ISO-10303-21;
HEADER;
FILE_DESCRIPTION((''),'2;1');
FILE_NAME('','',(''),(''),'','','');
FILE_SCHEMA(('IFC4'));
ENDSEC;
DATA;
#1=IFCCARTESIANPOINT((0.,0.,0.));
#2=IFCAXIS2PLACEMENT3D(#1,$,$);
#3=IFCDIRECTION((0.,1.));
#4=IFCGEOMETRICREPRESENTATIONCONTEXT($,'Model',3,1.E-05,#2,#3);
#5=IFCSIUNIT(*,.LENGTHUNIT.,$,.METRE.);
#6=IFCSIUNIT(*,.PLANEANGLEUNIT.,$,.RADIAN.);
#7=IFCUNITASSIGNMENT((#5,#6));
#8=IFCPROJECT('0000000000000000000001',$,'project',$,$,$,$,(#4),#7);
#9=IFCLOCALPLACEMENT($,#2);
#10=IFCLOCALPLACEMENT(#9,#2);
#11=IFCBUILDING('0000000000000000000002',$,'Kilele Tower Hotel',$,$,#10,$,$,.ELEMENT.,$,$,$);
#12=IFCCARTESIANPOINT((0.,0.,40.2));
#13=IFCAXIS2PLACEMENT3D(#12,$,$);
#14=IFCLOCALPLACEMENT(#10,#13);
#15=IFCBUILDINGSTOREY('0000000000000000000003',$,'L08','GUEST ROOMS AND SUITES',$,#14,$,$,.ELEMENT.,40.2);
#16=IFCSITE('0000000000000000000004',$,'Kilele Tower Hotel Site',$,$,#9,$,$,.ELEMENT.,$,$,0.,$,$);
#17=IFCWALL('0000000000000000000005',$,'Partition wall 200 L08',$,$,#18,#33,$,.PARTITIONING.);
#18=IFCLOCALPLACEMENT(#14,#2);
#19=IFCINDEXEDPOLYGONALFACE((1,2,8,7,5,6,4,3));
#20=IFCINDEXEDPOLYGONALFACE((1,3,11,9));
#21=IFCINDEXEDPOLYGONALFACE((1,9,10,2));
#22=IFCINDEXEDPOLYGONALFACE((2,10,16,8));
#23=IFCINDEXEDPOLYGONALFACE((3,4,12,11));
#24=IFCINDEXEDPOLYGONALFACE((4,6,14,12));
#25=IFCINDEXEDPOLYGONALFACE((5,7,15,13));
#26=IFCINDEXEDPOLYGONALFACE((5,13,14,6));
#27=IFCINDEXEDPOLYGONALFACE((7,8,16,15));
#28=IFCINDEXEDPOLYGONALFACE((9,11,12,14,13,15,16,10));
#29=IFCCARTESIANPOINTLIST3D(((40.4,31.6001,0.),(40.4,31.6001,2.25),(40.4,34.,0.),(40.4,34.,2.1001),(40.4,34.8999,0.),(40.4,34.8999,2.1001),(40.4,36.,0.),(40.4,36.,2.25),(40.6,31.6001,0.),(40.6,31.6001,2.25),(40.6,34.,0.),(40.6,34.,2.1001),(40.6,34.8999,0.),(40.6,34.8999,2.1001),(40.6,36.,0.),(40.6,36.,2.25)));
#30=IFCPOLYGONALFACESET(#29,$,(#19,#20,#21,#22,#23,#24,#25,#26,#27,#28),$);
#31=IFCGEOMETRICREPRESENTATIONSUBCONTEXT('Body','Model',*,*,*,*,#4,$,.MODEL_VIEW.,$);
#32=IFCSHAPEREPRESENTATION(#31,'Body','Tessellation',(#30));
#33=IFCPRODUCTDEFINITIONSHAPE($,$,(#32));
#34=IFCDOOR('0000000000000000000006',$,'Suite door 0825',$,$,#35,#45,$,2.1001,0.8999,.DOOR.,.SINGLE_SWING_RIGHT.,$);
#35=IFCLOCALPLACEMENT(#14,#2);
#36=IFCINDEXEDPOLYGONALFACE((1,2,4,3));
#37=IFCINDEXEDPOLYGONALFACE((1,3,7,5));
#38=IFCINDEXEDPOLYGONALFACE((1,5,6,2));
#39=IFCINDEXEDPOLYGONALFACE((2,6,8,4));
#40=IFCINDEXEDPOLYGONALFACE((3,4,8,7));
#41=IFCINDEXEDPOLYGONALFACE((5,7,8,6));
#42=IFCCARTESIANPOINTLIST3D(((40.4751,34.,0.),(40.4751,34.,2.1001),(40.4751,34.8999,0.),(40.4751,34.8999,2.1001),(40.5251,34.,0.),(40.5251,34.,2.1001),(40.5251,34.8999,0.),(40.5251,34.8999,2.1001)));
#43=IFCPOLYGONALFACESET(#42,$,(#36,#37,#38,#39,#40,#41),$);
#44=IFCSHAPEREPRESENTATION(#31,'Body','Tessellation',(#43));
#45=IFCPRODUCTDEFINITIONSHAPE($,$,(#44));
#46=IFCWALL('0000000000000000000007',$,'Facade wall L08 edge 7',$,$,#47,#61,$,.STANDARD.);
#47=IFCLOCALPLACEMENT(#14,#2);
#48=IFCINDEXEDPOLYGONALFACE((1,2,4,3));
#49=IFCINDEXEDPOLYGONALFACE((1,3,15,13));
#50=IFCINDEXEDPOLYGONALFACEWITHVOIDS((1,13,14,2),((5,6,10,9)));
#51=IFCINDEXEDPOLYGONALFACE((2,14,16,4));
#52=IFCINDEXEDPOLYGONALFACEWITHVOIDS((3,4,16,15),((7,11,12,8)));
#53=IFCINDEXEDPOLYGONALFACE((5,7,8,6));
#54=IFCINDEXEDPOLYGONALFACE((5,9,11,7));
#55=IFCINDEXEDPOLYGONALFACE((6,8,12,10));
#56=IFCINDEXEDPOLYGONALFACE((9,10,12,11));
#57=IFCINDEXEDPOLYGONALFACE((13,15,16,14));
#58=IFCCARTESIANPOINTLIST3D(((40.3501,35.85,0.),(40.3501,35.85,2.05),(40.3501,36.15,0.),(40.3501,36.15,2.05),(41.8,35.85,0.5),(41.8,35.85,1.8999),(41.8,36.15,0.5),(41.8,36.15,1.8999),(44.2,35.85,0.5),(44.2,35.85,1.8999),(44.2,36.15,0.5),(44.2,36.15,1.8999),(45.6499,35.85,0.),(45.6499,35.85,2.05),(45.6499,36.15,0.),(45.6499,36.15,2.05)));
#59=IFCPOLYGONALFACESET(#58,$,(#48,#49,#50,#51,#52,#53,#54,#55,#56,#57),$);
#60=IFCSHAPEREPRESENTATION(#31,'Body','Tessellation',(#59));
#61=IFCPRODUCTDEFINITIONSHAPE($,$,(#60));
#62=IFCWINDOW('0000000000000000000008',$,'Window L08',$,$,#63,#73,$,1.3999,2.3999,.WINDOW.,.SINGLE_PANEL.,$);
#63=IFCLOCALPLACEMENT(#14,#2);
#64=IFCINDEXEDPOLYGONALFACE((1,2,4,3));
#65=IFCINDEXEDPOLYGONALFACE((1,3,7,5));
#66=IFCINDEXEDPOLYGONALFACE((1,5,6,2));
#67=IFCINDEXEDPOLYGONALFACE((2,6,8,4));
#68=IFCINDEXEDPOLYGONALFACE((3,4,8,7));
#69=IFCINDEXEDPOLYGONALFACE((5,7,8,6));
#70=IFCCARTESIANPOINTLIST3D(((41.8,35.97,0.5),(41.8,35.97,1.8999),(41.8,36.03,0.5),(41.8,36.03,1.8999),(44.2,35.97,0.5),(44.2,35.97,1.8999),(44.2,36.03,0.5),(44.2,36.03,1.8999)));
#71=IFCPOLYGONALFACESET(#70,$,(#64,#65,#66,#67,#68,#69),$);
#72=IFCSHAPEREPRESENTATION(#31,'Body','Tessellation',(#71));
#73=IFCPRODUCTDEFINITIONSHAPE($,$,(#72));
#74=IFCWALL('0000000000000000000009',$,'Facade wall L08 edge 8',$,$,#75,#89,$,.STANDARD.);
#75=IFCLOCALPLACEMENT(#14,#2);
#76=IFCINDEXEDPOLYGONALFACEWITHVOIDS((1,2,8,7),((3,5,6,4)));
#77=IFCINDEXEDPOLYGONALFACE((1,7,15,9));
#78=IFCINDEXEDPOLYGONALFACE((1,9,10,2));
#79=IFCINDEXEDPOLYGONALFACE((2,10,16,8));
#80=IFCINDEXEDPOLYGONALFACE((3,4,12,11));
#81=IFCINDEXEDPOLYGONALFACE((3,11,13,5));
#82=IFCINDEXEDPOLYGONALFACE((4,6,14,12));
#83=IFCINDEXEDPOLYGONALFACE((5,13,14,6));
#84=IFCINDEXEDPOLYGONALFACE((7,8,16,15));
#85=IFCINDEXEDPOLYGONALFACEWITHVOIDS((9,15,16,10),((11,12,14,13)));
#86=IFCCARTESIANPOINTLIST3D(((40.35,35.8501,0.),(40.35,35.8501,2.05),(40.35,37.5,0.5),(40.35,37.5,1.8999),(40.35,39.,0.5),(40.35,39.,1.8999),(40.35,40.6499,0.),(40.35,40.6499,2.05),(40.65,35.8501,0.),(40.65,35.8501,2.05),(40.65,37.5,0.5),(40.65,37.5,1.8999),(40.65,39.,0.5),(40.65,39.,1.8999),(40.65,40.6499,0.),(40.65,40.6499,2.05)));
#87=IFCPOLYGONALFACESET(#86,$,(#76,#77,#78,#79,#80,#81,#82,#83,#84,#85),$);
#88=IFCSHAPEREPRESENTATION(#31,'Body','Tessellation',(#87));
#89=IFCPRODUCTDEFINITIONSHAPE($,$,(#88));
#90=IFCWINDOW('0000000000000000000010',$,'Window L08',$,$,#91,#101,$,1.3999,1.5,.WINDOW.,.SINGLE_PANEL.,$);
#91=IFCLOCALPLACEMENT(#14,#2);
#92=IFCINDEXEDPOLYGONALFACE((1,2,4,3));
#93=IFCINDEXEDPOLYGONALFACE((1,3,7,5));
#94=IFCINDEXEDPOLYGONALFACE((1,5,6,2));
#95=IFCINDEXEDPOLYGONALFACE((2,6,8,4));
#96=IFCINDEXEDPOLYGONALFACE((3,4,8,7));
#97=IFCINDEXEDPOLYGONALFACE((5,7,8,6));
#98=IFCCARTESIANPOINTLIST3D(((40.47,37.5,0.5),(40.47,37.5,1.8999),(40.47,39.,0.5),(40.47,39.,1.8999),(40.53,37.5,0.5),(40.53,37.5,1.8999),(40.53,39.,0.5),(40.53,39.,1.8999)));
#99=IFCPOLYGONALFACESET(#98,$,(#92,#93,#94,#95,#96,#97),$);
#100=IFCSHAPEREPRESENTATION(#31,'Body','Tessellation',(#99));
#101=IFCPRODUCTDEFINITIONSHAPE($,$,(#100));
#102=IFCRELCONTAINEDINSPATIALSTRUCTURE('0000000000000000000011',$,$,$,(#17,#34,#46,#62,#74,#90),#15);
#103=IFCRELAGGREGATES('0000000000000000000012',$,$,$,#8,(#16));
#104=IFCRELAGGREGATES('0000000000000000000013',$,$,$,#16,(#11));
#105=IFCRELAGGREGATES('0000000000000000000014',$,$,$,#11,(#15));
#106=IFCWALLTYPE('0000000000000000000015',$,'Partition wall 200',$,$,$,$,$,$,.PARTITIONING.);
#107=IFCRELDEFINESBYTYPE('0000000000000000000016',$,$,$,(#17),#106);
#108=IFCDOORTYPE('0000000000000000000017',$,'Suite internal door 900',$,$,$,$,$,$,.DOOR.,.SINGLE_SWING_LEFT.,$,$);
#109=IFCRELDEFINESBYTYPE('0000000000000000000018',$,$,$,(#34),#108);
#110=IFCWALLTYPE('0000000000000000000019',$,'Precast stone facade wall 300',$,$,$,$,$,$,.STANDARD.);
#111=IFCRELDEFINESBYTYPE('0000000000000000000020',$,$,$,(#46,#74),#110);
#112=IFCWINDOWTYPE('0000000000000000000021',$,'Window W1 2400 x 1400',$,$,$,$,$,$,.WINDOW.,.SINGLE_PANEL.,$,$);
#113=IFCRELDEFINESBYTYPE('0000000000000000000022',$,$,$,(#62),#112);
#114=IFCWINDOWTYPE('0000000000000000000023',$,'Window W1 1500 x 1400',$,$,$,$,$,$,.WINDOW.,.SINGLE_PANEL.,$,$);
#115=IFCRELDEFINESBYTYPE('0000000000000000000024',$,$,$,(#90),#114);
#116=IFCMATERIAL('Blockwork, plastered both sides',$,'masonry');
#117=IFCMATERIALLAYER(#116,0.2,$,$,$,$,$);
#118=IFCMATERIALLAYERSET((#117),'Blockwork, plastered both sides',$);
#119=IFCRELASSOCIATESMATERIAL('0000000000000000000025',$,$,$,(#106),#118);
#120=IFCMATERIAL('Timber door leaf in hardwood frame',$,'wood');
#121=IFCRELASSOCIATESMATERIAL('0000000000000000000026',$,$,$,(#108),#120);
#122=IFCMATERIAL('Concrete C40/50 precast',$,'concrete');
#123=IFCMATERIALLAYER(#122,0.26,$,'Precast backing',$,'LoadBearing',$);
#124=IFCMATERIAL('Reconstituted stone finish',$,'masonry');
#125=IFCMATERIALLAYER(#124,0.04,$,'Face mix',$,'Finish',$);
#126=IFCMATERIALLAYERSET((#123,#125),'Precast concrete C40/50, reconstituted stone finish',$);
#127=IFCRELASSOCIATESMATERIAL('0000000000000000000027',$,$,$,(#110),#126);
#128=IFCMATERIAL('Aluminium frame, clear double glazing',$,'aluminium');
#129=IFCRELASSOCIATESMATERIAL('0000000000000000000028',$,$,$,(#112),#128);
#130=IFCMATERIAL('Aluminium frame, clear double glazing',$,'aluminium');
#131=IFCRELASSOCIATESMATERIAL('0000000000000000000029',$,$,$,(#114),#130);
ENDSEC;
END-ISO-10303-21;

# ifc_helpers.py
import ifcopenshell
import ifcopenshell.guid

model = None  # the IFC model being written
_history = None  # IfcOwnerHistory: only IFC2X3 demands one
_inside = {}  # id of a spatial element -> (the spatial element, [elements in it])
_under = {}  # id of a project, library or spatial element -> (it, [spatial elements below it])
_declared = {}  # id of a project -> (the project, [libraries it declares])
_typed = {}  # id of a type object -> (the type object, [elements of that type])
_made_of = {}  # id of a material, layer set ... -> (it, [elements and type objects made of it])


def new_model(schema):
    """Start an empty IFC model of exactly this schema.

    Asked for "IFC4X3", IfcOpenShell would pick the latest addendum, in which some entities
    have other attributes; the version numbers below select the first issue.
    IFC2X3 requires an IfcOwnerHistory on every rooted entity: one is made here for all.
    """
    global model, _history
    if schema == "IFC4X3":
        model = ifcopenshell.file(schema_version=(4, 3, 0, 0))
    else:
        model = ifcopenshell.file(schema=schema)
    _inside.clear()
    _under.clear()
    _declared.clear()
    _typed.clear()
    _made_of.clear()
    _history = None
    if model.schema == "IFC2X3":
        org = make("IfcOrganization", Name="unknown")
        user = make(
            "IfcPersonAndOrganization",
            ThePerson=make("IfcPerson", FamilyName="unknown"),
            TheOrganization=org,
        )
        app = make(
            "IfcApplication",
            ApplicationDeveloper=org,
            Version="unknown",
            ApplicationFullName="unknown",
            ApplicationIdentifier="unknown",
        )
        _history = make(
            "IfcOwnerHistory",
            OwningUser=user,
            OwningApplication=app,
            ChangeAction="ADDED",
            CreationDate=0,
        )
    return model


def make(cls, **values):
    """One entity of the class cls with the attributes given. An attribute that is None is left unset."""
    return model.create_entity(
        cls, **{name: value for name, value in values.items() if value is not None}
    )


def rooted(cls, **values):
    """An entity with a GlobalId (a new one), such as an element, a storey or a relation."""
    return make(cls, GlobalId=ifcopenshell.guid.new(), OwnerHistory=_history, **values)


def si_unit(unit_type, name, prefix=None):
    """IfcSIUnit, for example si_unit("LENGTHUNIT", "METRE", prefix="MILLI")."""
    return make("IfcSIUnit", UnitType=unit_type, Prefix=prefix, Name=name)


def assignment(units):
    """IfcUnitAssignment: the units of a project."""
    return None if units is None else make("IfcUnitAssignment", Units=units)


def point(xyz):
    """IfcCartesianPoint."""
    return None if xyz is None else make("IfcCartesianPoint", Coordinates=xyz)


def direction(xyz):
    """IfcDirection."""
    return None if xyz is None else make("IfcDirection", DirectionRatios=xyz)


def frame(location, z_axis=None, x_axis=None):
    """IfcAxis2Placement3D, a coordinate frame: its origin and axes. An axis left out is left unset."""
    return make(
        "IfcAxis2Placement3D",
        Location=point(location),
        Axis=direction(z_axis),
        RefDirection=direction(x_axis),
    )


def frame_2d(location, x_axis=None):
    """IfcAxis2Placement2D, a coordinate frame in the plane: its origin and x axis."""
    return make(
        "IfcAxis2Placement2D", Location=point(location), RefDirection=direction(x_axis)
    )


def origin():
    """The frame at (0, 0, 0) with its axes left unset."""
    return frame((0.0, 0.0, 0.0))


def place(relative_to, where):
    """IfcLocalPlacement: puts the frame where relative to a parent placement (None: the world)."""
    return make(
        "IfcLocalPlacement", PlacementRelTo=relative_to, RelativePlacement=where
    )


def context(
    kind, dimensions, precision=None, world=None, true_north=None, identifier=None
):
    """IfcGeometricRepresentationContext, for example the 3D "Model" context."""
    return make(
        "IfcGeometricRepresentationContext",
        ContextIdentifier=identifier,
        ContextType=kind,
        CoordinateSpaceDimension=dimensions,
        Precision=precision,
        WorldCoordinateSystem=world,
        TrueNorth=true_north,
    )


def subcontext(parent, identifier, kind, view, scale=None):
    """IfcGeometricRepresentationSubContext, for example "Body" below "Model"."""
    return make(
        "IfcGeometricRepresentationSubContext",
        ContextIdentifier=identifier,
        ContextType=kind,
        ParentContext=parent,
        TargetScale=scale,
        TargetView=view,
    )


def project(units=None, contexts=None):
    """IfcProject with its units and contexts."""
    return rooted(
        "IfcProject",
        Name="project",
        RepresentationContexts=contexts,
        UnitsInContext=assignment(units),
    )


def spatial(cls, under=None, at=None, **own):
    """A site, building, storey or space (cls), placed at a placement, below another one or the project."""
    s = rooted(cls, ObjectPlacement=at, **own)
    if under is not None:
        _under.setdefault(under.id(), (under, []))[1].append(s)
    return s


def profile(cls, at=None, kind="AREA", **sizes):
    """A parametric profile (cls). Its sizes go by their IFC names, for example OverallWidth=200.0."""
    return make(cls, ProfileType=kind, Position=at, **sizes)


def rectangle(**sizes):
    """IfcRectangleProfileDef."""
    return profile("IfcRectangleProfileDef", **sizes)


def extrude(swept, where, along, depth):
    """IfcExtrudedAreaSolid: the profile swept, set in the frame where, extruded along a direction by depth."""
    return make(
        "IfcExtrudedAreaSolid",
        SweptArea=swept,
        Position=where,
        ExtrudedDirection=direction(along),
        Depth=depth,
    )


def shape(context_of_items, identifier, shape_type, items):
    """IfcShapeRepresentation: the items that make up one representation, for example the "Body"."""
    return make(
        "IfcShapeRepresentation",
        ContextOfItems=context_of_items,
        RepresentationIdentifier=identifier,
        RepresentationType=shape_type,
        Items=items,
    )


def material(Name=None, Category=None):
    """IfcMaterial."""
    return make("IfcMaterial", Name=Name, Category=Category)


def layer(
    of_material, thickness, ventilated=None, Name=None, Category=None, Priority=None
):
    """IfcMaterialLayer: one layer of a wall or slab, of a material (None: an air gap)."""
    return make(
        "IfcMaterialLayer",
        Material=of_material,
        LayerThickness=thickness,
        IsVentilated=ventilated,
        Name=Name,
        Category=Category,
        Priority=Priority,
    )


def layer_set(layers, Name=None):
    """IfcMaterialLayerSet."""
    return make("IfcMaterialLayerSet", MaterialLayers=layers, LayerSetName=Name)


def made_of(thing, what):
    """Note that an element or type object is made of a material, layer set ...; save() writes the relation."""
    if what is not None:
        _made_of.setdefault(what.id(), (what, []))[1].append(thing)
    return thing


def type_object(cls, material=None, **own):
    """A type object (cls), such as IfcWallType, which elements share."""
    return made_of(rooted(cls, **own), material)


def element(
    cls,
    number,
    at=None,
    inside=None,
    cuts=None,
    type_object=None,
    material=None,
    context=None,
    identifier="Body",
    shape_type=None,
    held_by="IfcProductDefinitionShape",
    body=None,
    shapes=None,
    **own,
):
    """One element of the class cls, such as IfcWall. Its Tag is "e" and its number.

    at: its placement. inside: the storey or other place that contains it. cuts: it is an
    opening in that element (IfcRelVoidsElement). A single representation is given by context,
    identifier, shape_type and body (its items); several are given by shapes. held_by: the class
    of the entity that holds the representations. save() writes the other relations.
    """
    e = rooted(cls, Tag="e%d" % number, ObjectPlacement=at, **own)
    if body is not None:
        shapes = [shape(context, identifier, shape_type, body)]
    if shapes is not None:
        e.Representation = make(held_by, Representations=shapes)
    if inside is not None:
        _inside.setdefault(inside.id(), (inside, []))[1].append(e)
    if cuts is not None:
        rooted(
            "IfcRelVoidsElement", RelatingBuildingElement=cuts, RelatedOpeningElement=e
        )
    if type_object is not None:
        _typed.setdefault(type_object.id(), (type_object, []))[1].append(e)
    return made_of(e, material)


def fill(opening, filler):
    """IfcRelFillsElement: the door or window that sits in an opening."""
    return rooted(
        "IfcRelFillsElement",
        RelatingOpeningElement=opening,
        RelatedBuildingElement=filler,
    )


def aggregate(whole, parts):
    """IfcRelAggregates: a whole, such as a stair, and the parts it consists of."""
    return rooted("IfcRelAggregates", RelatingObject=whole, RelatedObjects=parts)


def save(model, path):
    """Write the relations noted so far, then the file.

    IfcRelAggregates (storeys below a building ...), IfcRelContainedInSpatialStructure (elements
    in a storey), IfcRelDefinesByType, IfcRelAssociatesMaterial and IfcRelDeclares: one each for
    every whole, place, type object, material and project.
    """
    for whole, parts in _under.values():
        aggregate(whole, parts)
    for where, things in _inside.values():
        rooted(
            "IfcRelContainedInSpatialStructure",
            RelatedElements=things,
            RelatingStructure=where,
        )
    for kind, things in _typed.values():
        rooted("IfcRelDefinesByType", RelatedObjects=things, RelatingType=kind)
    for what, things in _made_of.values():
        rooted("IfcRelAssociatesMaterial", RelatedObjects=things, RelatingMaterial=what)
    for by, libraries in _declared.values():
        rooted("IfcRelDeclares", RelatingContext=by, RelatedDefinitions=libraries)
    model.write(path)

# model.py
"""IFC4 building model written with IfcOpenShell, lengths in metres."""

from ifc_helpers import new_model, si_unit, direction, frame, frame_2d, origin, place, context, subcontext, project, spatial, rectangle, extrude, material, layer, layer_set, type_object, element, fill, save


model = new_model("IFC4")

# Units and contexts
model_context = context("Model", 3, precision=1e-05, world=origin(), true_north=direction((0.0, 1.0)))
body_context = subcontext(model_context, "Body", "Model", "MODEL_VIEW")
ifc_project = project(units=[si_unit("LENGTHUNIT", "METRE"), si_unit("PLANEANGLEUNIT", "RADIAN")], contexts=[model_context])

# Site, building, storey
site_placement = place(None, origin())
site = spatial("IfcSite", under=ifc_project, at=site_placement, Name="Kilele Tower Hotel Site", CompositionType="ELEMENT", RefElevation=0.0)
building_placement = place(site_placement, origin())
building = spatial("IfcBuilding", under=site, at=building_placement, Name="Kilele Tower Hotel", CompositionType="ELEMENT")
storey_placement = place(building_placement, frame((0.0, 0.0, 40.2)))
storey = spatial("IfcBuildingStorey", under=building, at=storey_placement, Name="L08", Description="GUEST ROOMS AND SUITES", CompositionType="ELEMENT", Elevation=40.2)

# Wall, opening, door
ifc_material_1 = material(Name="Blockwork, plastered both sides", Category="masonry")
ifc_layer_1 = layer(ifc_material_1, 0.2)
ifc_layer_set_1 = layer_set([ifc_layer_1], Name="Blockwork, plastered both sides")
wall_type_1 = type_object("IfcWallType", Name="Partition wall 200", PredefinedType="PARTITIONING", material=ifc_layer_set_1)
wall_1_placement = place(storey_placement, frame((40.5, 31.6001, 0.0), z_axis=(0.0, 0.0, 1.0), x_axis=(0.0, 1.0, 0.0)))
wall_1 = element("IfcWall", 1, at=wall_1_placement, inside=storey, type_object=wall_type_1, Name="Partition wall 200 L08", PredefinedType="PARTITIONING", context=body_context, shape_type="SweptSolid", body=[
    extrude(rectangle(XDim=4.3999, YDim=0.2, at=frame_2d((2.2, 0.0))), origin(), (0.0, 0.0, 1.0), 2.25),
])
opening_1_placement = place(wall_1_placement, frame((2.3999, 0.0, 0.0)))
opening_1 = element("IfcOpeningElement", 2, at=opening_1_placement, cuts=wall_1, PredefinedType="OPENING", context=body_context, shape_type="SweptSolid", body=[
    extrude(rectangle(XDim=0.8999, YDim=2.1001, at=frame_2d((0.45, 1.05))), frame((0.0, 0.1099, 0.0), z_axis=(0.0, -1.0, 0.0), x_axis=(1.0, 0.0, 0.0)), (0.0, 0.0, 1.0), 0.22),
])
ifc_material_2 = material(Name="Timber door leaf in hardwood frame", Category="wood")
door_type_1 = type_object("IfcDoorType", Name="Suite internal door 900", OperationType="SINGLE_SWING_LEFT", PredefinedType="DOOR", material=ifc_material_2)
door_1_placement = place(opening_1_placement, origin())
door_1 = element("IfcDoor", 3, at=door_1_placement, inside=storey, type_object=door_type_1, Name="Suite door 0825", OperationType="SINGLE_SWING_RIGHT", OverallHeight=2.1001, OverallWidth=0.8999, PredefinedType="DOOR", context=body_context, shape_type="SweptSolid", body=[
    extrude(rectangle(XDim=0.8999, YDim=2.1001, at=frame_2d((0.45, 1.05))), frame((0.0, 0.0249, 0.0), z_axis=(0.0, -1.0, 0.0), x_axis=(1.0, 0.0, 0.0)), (0.0, 0.0, 1.0), 0.05),
])
fill(opening_1, door_1)

# Walls, openings, windows
ifc_material_3 = material(Name="Concrete C40/50 precast", Category="concrete")
ifc_layer_2 = layer(ifc_material_3, 0.26, Name="Precast backing", Category="LoadBearing")
ifc_material_4 = material(Name="Reconstituted stone finish", Category="masonry")
ifc_layer_3 = layer(ifc_material_4, 0.04, Name="Face mix", Category="Finish")
ifc_layer_set_2 = layer_set([ifc_layer_2, ifc_layer_3], Name="Precast concrete C40/50, reconstituted stone finish")
wall_type_2 = type_object("IfcWallType", Name="Precast stone facade wall 300", PredefinedType="STANDARD", material=ifc_layer_set_2)
wall_2_placement = place(storey_placement, frame((45.6499, 36.0, 0.0), z_axis=(0.0, 0.0, 1.0), x_axis=(-1.0, 0.0, 0.0)))
wall_2 = element("IfcWall", 4, at=wall_2_placement, inside=storey, type_object=wall_type_2, Name="Facade wall L08 edge 7", PredefinedType="STANDARD", context=body_context, shape_type="SweptSolid", body=[
    extrude(rectangle(XDim=5.2998, YDim=0.3, at=frame_2d((2.6499, 0.0))), origin(), (0.0, 0.0, 1.0), 2.05),
])
opening_2_placement = place(wall_2_placement, frame((1.45, 0.0, 0.5)))
opening_2 = element("IfcOpeningElement", 5, at=opening_2_placement, cuts=wall_2, PredefinedType="OPENING", context=body_context, shape_type="SweptSolid", body=[
    extrude(rectangle(XDim=2.3999, YDim=1.3999, at=frame_2d((1.2, 0.7))), frame((0.0, 0.1599, 0.0), z_axis=(0.0, -1.0, 0.0), x_axis=(1.0, 0.0, 0.0)), (0.0, 0.0, 1.0), 0.3201),
])
ifc_material_5 = material(Name="Aluminium frame, clear double glazing", Category="aluminium")
window_type_1 = type_object("IfcWindowType", Name="Window W1 2400 x 1400", PartitioningType="SINGLE_PANEL", PredefinedType="WINDOW", material=ifc_material_5)
window_1_placement = place(opening_2_placement, origin())
window_1 = element("IfcWindow", 6, at=window_1_placement, inside=storey, type_object=window_type_1, Name="Window L08", OverallHeight=1.3999, OverallWidth=2.3999, PartitioningType="SINGLE_PANEL", PredefinedType="WINDOW", context=body_context, shape_type="SweptSolid", body=[
    extrude(rectangle(XDim=2.3999, YDim=1.3999, at=frame_2d((1.2, 0.7))), frame((0.0, 0.03, 0.0), z_axis=(0.0, -1.0, 0.0), x_axis=(1.0, 0.0, 0.0)), (0.0, 0.0, 1.0), 0.0601),
])
fill(opening_2, window_1)
wall_3_placement = place(storey_placement, frame((40.5, 35.8501, 0.0), z_axis=(0.0, 0.0, 1.0), x_axis=(0.0, 1.0, 0.0)))
wall_3 = element("IfcWall", 7, at=wall_3_placement, inside=storey, type_object=wall_type_2, Name="Facade wall L08 edge 8", PredefinedType="STANDARD", context=body_context, shape_type="SweptSolid", body=[
    extrude(rectangle(XDim=4.7998, YDim=0.3, at=frame_2d((2.3999, 0.0))), origin(), (0.0, 0.0, 1.0), 2.05),
])
opening_3_placement = place(wall_3_placement, frame((1.6499, 0.0, 0.5)))
opening_3 = element("IfcOpeningElement", 8, at=opening_3_placement, cuts=wall_3, PredefinedType="OPENING", context=body_context, shape_type="SweptSolid", body=[
    extrude(rectangle(XDim=1.5, YDim=1.3999, at=frame_2d((0.75, 0.7))), frame((0.0, 0.1599, 0.0), z_axis=(0.0, -1.0, 0.0), x_axis=(1.0, 0.0, 0.0)), (0.0, 0.0, 1.0), 0.3201),
])
ifc_material_6 = material(Name="Aluminium frame, clear double glazing", Category="aluminium")
window_type_2 = type_object("IfcWindowType", Name="Window W1 1500 x 1400", PartitioningType="SINGLE_PANEL", PredefinedType="WINDOW", material=ifc_material_6)
window_2_placement = place(opening_3_placement, origin())
window_2 = element("IfcWindow", 9, at=window_2_placement, inside=storey, type_object=window_type_2, Name="Window L08", OverallHeight=1.3999, OverallWidth=1.5, PartitioningType="SINGLE_PANEL", PredefinedType="WINDOW", context=body_context, shape_type="SweptSolid", body=[
    extrude(rectangle(XDim=1.5, YDim=1.3999, at=frame_2d((0.75, 0.7))), frame((0.0, 0.03, 0.0), z_axis=(0.0, -1.0, 0.0), x_axis=(1.0, 0.0, 0.0)), (0.0, 0.0, 1.0), 0.0601),
])
fill(opening_3, window_2)

save(model, "model.ifc")
